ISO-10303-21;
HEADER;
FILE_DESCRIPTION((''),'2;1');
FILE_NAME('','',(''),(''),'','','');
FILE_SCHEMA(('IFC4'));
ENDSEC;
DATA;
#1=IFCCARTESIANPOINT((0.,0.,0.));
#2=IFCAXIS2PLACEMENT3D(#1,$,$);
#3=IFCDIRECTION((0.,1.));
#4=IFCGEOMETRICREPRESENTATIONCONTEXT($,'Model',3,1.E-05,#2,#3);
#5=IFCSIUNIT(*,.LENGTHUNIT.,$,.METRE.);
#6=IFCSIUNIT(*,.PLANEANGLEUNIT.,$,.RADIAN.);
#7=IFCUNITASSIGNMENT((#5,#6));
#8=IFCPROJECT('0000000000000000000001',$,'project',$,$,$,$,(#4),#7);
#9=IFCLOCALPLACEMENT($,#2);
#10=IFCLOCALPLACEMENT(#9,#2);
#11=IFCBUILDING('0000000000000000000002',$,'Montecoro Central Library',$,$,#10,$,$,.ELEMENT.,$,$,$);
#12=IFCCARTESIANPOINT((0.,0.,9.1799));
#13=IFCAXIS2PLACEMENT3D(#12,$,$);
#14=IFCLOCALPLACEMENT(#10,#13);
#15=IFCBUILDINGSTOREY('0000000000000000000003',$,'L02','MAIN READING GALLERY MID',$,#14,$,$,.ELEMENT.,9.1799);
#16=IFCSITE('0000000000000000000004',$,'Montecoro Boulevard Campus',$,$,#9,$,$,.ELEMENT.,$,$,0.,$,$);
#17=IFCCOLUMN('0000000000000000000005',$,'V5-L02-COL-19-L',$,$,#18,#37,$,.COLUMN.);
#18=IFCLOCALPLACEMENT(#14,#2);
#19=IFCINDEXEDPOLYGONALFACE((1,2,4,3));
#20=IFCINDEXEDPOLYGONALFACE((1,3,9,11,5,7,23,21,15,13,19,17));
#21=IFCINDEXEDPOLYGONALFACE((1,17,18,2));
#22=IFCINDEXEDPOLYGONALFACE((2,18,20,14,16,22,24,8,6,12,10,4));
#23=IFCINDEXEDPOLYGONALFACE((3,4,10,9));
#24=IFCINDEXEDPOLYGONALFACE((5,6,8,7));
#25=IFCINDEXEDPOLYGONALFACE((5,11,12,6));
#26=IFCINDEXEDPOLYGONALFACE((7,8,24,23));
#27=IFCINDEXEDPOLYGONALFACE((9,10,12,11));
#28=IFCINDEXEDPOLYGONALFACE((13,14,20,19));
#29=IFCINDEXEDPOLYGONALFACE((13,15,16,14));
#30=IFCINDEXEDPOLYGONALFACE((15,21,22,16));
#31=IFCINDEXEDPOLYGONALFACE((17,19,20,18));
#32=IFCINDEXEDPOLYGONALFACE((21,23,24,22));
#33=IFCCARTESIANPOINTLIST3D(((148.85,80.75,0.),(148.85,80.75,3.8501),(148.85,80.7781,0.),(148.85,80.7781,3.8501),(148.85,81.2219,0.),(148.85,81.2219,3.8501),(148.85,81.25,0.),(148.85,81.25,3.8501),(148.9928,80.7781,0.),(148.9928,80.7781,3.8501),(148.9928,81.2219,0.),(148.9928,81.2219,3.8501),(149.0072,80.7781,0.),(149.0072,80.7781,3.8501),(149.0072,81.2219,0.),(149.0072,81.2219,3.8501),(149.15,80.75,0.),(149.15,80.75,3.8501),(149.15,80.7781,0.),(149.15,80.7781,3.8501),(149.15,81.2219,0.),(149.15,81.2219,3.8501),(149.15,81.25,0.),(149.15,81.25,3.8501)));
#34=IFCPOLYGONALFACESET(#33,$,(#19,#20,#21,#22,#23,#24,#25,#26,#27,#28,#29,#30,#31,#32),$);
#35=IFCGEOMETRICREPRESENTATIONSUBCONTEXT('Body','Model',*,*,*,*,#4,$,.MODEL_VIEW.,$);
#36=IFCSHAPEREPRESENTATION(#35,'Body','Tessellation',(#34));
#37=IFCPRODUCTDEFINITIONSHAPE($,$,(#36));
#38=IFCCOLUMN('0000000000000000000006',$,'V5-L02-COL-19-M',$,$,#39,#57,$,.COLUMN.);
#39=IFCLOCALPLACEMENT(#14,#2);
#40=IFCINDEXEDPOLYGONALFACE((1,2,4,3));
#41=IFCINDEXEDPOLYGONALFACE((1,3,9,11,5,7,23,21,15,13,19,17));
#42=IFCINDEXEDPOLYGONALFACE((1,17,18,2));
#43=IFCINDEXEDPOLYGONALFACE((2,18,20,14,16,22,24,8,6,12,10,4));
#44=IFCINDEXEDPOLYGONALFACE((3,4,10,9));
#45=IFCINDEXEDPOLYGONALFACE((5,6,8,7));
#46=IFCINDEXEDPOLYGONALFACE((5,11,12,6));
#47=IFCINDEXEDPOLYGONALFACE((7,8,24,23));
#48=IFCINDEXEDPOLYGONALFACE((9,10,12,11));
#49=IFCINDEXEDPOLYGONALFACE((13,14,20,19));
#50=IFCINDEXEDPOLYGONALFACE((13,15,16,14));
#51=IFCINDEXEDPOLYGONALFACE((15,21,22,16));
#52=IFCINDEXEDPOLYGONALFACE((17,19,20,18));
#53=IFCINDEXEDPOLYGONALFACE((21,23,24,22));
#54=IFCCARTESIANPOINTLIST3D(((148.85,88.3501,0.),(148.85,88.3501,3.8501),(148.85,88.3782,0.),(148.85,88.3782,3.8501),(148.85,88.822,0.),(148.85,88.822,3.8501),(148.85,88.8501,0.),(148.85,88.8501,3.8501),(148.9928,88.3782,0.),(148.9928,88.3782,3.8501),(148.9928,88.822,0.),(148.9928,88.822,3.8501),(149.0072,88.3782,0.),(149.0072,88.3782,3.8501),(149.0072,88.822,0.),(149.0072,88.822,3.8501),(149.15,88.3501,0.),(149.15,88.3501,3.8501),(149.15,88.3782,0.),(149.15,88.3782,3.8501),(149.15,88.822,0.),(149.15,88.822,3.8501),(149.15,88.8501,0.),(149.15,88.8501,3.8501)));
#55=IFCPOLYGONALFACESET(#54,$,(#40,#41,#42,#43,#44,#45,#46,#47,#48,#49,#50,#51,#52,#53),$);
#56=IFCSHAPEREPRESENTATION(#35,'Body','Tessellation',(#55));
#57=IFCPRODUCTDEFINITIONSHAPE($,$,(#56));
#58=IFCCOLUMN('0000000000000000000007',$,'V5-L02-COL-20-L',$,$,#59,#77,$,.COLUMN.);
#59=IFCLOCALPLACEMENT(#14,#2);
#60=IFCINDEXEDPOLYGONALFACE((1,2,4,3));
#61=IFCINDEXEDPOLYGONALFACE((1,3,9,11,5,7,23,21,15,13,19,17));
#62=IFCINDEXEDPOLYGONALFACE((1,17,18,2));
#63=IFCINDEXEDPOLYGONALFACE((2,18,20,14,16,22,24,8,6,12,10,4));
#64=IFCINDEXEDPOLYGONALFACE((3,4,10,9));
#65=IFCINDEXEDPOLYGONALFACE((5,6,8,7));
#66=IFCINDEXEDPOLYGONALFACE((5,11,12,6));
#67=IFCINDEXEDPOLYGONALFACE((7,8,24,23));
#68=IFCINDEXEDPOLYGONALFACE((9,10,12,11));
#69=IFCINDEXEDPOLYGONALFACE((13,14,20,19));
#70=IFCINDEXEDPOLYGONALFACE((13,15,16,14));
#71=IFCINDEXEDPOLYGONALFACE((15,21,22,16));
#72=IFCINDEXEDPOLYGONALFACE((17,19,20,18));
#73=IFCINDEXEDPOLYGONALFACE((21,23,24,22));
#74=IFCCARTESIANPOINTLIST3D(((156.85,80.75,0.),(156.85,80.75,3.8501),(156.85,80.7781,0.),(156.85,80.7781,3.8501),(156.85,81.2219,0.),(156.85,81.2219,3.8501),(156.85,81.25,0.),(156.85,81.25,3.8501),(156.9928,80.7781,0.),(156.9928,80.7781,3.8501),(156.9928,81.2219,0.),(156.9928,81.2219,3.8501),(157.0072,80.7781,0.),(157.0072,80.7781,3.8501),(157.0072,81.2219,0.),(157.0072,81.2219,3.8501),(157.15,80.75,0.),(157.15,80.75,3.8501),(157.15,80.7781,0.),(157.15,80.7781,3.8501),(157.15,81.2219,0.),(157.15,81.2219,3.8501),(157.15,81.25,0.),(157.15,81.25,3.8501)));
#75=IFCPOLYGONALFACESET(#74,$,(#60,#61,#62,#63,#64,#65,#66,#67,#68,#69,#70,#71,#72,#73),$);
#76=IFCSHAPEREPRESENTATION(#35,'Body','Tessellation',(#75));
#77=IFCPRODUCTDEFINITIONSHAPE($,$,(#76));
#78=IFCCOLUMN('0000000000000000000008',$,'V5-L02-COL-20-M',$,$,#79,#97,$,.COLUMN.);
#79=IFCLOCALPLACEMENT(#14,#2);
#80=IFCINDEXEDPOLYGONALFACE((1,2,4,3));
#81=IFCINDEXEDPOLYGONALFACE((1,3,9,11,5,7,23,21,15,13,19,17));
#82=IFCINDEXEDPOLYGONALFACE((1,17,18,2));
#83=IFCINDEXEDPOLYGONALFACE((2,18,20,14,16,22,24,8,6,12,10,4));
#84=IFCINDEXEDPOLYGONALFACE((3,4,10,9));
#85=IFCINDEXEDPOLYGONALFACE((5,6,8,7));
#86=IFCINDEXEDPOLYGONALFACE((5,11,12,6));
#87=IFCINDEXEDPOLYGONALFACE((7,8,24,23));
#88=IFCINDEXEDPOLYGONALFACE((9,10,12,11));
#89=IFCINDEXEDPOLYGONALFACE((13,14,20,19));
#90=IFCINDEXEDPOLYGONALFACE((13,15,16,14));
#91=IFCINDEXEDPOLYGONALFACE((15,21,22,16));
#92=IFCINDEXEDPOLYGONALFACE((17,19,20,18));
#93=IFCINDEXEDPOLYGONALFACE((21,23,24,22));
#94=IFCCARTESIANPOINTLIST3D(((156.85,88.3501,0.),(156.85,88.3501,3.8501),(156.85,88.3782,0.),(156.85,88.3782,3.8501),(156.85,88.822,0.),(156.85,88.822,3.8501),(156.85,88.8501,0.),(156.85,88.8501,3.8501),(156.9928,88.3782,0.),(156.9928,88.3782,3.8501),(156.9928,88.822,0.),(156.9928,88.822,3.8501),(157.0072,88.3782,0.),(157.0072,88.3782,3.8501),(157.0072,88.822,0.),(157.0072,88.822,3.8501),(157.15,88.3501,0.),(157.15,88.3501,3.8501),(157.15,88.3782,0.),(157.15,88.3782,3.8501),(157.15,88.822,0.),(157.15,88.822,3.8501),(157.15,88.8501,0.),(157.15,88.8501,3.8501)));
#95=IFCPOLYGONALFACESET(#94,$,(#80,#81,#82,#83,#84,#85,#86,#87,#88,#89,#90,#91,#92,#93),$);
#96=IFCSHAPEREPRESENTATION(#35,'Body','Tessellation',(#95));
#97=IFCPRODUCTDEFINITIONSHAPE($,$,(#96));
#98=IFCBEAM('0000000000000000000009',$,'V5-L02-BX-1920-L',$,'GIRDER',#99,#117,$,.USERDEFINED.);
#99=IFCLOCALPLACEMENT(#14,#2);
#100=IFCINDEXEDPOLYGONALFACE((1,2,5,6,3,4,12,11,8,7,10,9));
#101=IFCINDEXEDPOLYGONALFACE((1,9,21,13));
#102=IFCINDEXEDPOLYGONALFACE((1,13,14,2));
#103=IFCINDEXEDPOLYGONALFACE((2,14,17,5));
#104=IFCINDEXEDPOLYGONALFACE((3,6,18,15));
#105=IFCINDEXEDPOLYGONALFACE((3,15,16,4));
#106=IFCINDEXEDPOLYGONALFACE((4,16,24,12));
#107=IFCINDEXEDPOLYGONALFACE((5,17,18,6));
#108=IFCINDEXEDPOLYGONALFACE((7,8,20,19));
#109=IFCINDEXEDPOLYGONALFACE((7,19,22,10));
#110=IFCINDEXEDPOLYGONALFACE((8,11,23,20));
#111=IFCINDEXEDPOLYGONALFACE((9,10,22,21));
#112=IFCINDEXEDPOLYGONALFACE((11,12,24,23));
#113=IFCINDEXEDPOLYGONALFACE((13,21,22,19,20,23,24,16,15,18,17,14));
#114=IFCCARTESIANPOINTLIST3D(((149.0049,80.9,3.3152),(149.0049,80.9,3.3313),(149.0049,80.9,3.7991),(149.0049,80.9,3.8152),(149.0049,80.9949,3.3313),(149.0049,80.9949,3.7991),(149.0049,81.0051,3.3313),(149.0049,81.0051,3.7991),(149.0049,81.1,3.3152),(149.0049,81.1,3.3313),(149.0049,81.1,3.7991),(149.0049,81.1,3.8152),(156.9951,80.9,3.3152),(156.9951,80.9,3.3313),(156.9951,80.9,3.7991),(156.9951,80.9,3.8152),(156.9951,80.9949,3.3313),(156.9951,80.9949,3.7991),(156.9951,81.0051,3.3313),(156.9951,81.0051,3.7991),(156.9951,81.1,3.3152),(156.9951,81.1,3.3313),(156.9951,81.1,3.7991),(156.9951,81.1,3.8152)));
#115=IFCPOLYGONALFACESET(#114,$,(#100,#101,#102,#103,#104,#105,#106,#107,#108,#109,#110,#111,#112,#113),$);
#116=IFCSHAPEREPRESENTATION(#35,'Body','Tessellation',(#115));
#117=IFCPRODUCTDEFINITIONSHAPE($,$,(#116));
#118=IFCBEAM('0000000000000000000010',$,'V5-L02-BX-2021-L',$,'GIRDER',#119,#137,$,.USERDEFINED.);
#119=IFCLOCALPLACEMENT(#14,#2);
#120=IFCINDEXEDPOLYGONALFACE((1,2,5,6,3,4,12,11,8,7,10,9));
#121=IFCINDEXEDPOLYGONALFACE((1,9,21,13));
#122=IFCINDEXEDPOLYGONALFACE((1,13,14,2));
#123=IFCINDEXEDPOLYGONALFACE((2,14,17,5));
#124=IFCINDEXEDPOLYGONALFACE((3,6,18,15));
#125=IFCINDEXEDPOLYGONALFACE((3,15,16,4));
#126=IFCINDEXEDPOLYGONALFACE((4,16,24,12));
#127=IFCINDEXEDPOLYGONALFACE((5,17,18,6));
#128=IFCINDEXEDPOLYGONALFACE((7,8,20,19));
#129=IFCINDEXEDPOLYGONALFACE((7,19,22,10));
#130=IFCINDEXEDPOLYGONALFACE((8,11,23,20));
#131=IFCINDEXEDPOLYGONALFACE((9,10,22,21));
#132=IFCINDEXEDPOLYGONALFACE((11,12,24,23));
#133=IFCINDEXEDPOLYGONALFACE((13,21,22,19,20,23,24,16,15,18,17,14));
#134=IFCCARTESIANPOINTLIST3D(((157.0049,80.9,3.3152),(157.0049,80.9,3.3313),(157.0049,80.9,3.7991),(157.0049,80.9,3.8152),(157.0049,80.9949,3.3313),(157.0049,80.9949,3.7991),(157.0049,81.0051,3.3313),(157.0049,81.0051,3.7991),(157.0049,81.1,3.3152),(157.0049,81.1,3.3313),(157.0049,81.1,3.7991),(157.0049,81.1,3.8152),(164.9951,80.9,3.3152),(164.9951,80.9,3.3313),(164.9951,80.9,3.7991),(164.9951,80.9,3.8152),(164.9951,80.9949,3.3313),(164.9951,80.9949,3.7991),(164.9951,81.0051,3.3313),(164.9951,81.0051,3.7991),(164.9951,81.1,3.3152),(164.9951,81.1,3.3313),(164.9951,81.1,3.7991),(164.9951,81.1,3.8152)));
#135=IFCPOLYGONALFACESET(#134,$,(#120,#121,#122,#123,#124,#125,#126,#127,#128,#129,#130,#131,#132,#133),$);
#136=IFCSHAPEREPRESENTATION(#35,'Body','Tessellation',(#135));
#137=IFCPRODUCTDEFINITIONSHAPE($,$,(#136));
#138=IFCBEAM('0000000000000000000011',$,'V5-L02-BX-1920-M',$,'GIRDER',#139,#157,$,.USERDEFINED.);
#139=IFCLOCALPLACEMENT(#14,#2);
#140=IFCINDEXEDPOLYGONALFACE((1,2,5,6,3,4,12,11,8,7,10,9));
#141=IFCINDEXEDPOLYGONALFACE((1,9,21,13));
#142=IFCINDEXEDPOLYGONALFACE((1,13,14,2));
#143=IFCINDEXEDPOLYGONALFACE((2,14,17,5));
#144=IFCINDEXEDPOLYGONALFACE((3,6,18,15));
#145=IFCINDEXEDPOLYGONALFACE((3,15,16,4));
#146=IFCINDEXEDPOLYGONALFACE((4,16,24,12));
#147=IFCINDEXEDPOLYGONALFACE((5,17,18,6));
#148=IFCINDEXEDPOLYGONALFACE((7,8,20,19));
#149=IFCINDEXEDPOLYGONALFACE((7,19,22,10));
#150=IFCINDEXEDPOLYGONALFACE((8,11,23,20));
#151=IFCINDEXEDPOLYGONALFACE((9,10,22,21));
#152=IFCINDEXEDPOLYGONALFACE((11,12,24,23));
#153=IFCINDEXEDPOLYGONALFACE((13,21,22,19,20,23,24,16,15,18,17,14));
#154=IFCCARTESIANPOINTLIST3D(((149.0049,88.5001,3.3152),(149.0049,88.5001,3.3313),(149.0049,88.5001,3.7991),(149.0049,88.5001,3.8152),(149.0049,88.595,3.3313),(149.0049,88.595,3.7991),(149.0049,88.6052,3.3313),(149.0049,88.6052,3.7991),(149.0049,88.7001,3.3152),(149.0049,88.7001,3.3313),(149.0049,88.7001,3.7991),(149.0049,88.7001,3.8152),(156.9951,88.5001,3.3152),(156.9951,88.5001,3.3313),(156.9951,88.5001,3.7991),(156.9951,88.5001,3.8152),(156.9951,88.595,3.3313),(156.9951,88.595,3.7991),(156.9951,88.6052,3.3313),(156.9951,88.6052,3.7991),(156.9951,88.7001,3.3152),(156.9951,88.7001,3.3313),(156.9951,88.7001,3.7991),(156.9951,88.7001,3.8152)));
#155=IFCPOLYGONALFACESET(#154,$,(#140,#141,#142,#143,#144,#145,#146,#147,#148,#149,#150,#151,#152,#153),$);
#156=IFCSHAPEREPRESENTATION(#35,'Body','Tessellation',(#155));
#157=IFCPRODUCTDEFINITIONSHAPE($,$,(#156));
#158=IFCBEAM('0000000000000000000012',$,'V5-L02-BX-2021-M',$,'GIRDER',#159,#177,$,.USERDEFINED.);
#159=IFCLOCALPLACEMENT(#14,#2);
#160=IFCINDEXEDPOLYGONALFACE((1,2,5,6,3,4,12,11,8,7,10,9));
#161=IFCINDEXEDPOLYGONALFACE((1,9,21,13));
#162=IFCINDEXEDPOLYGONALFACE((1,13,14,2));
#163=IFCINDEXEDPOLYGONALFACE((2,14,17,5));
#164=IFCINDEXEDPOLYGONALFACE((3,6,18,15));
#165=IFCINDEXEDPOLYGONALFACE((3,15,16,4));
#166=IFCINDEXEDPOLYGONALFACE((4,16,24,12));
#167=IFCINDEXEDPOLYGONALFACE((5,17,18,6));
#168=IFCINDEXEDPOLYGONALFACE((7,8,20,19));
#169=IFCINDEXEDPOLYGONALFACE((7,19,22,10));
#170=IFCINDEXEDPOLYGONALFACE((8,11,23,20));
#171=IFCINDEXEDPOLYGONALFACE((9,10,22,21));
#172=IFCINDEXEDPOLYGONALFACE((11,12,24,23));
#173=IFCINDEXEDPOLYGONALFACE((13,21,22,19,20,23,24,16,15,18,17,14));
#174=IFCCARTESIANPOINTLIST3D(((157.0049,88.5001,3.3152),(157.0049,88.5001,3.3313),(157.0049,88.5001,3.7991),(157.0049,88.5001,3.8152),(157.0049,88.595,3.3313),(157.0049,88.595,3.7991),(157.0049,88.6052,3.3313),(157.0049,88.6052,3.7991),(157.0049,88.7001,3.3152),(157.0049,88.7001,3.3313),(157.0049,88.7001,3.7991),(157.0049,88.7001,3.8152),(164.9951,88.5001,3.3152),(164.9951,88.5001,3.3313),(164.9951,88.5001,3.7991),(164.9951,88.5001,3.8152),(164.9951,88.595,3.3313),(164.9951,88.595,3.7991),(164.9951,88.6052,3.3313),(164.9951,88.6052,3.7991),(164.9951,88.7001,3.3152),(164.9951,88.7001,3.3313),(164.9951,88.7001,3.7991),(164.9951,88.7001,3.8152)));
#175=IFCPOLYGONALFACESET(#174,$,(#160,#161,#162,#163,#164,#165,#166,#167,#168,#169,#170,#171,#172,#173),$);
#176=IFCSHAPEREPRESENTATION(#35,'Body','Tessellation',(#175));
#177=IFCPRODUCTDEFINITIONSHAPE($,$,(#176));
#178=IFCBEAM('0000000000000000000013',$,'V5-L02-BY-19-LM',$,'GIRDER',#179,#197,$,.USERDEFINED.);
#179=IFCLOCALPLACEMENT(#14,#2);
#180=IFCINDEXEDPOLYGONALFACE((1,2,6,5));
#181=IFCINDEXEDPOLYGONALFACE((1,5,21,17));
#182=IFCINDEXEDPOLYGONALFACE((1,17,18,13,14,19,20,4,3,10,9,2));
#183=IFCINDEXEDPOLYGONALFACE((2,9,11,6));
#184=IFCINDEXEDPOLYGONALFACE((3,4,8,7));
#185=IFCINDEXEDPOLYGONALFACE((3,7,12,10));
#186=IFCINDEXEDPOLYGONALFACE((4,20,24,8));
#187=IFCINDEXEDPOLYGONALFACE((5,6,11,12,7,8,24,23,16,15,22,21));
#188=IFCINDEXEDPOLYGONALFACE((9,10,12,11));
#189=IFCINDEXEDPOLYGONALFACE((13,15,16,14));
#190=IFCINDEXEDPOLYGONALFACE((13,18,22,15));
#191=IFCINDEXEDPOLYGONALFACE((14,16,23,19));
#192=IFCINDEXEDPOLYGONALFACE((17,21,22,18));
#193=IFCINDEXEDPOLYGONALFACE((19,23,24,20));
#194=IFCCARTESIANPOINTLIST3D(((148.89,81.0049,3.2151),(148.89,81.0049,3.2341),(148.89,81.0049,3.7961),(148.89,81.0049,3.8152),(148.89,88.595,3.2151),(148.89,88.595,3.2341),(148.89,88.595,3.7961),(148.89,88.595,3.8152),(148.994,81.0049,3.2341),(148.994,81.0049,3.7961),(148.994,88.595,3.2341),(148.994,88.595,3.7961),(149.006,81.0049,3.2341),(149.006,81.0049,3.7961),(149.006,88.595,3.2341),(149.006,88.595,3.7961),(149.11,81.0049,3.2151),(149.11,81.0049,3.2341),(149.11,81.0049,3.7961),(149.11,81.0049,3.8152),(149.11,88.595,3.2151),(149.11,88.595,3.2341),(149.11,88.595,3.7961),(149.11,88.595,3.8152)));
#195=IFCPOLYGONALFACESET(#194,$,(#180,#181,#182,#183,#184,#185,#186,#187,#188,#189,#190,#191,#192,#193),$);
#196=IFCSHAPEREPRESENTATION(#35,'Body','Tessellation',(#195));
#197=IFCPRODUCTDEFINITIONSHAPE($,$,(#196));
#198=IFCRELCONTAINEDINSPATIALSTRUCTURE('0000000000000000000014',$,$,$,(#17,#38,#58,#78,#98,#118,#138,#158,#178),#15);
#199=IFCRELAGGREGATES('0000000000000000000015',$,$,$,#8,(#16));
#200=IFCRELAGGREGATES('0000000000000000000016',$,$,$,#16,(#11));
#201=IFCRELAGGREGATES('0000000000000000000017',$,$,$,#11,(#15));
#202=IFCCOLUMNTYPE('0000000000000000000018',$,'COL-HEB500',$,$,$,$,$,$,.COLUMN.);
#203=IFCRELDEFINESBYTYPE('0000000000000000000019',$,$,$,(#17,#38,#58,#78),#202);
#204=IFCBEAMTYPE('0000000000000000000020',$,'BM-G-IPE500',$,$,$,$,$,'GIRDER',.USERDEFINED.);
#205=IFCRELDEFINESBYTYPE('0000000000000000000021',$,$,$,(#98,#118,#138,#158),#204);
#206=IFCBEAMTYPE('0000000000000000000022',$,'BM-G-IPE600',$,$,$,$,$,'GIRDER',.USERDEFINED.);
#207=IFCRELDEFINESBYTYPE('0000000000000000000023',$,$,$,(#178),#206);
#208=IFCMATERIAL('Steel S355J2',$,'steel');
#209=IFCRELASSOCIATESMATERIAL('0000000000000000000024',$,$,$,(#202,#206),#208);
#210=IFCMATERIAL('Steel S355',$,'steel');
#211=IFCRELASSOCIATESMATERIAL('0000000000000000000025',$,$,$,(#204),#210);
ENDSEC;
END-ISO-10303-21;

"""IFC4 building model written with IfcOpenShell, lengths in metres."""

from ifc_helpers import new_model, si_unit, direction, frame, origin, origin_2d, place, context, subcontext, project, spatial, i_section, extrude, material, material_profile, profile_set, type_object, element, save


model = new_model("IFC4")

# Units and contexts
model_context = context("Model", 3, precision=1e-05, world=origin(), true_north=direction((0.0, 1.0)))
body_context = subcontext(model_context, "Body", "Model", "MODEL_VIEW")
ifc_project = project(units=[si_unit("LENGTHUNIT", "METRE"), si_unit("PLANEANGLEUNIT", "RADIAN")], contexts=[model_context])

# Site, building, storey
site_placement = place(None, origin())
site = spatial("IfcSite", under=ifc_project, at=site_placement, Name="Montecoro Boulevard Campus", CompositionType="ELEMENT", RefElevation=0.0)
building_placement = place(site_placement, origin())
building = spatial("IfcBuilding", under=site, at=building_placement, Name="Montecoro Central Library", CompositionType="ELEMENT")
storey_placement = place(building_placement, frame((0.0, 0.0, 9.1799)))
storey = spatial("IfcBuildingStorey", under=building, at=storey_placement, Name="L02", Description="MAIN READING GALLERY MID", CompositionType="ELEMENT", Elevation=9.1799)

# Columns
ifc_material_1 = material(Name="Steel S355J2", Category="steel")
ifc_material_profile_1 = material_profile(ifc_material_1, i_section(OverallWidth=0.3, OverallDepth=0.5, WebThickness=0.0144, FlangeThickness=0.0281, at=origin_2d()), Name="HEB 500")
ifc_profile_set_1 = profile_set([ifc_material_profile_1], Name="Steel S355J2")
column_type = type_object("IfcColumnType", Name="COL-HEB500", PredefinedType="COLUMN", material=ifc_profile_set_1)
for number, where, z_axis, x_axis, name in (
    (1, (149.0, 81.0, 0.0), (0.0, 0.0, 1.0), (1.0, 0.0, 0.0), "V5-L02-COL-19-L"),
    (2, (149.0, 88.6001, 0.0), (0.0, 0.0, 1.0), (1.0, 0.0, 0.0), "V5-L02-COL-19-M"),
    (3, (157.0, 81.0, 0.0), (0.0, 0.0, 1.0), (1.0, 0.0, 0.0), "V5-L02-COL-20-L"),
    (4, (157.0, 88.6001, 0.0), (0.0, 0.0, 1.0), (1.0, 0.0, 0.0), "V5-L02-COL-20-M"),
):
    element("IfcColumn", number, at=place(storey_placement, frame(where, z_axis=z_axis, x_axis=x_axis)), inside=storey, type_object=column_type, Name=name, PredefinedType="COLUMN", context=body_context, shape_type="SweptSolid", body=[
        extrude(i_section(OverallWidth=0.3, OverallDepth=0.5, WebThickness=0.0144, FlangeThickness=0.0281, at=origin_2d()), origin(), (0.0, 0.0, 1.0), 3.8501),
    ])

# Beams
ifc_material_2 = material(Name="Steel S355", Category="steel")
ifc_material_profile_2 = material_profile(ifc_material_2, i_section(OverallWidth=0.2, OverallDepth=0.5, WebThickness=0.0103, FlangeThickness=0.0161, at=origin_2d()), Name="IPE 500")
ifc_profile_set_2 = profile_set([ifc_material_profile_2], Name="Steel S355")
beam_type_1 = type_object("IfcBeamType", Name="BM-G-IPE500", ElementType="GIRDER", PredefinedType="USERDEFINED", material=ifc_profile_set_2)
for number, where, z_axis, x_axis, name in (
    (5, (149.0049, 81.0, 3.5652), (1.0, 0.0, 0.0), (0.0, 1.0, 0.0), "V5-L02-BX-1920-L"),
    (6, (157.0049, 81.0, 3.5652), (1.0, 0.0, 0.0), (0.0, 1.0, 0.0), "V5-L02-BX-2021-L"),
    (7, (149.0049, 88.6001, 3.5652), (1.0, 0.0, 0.0), (0.0, 1.0, 0.0), "V5-L02-BX-1920-M"),
    (8, (157.0049, 88.6001, 3.5652), (1.0, 0.0, 0.0), (0.0, 1.0, 0.0), "V5-L02-BX-2021-M"),
):
    element("IfcBeam", number, at=place(storey_placement, frame(where, z_axis=z_axis, x_axis=x_axis)), inside=storey, type_object=beam_type_1, Name=name, ObjectType="GIRDER", PredefinedType="USERDEFINED", context=body_context, shape_type="SweptSolid", body=[
        extrude(i_section(OverallWidth=0.2, OverallDepth=0.5, WebThickness=0.0103, FlangeThickness=0.0161, at=origin_2d()), origin(), (0.0, 0.0, 1.0), 7.9902),
    ])
ifc_material_profile_3 = material_profile(ifc_material_1, i_section(OverallWidth=0.22, OverallDepth=0.6001, WebThickness=0.012, FlangeThickness=0.019, at=origin_2d()), Name="IPE 600")
ifc_profile_set_3 = profile_set([ifc_material_profile_3], Name="Steel S355J2")
beam_type_2 = type_object("IfcBeamType", Name="BM-G-IPE600", ElementType="GIRDER", PredefinedType="USERDEFINED", material=ifc_profile_set_3)
for number, where, z_axis, x_axis, name in (
    (9, (149.0, 81.0049, 3.5151), (0.0, 1.0, 0.0), (-1.0, 0.0, 0.0), "V5-L02-BY-19-LM"),
):
    element("IfcBeam", number, at=place(storey_placement, frame(where, z_axis=z_axis, x_axis=x_axis)), inside=storey, type_object=beam_type_2, Name=name, ObjectType="GIRDER", PredefinedType="USERDEFINED", context=body_context, shape_type="SweptSolid", body=[
        extrude(i_section(OverallWidth=0.22, OverallDepth=0.6001, WebThickness=0.012, FlangeThickness=0.019, at=origin_2d()), origin(), (0.0, 0.0, 1.0), 7.5901),
    ])

save(model, "model.ifc")
